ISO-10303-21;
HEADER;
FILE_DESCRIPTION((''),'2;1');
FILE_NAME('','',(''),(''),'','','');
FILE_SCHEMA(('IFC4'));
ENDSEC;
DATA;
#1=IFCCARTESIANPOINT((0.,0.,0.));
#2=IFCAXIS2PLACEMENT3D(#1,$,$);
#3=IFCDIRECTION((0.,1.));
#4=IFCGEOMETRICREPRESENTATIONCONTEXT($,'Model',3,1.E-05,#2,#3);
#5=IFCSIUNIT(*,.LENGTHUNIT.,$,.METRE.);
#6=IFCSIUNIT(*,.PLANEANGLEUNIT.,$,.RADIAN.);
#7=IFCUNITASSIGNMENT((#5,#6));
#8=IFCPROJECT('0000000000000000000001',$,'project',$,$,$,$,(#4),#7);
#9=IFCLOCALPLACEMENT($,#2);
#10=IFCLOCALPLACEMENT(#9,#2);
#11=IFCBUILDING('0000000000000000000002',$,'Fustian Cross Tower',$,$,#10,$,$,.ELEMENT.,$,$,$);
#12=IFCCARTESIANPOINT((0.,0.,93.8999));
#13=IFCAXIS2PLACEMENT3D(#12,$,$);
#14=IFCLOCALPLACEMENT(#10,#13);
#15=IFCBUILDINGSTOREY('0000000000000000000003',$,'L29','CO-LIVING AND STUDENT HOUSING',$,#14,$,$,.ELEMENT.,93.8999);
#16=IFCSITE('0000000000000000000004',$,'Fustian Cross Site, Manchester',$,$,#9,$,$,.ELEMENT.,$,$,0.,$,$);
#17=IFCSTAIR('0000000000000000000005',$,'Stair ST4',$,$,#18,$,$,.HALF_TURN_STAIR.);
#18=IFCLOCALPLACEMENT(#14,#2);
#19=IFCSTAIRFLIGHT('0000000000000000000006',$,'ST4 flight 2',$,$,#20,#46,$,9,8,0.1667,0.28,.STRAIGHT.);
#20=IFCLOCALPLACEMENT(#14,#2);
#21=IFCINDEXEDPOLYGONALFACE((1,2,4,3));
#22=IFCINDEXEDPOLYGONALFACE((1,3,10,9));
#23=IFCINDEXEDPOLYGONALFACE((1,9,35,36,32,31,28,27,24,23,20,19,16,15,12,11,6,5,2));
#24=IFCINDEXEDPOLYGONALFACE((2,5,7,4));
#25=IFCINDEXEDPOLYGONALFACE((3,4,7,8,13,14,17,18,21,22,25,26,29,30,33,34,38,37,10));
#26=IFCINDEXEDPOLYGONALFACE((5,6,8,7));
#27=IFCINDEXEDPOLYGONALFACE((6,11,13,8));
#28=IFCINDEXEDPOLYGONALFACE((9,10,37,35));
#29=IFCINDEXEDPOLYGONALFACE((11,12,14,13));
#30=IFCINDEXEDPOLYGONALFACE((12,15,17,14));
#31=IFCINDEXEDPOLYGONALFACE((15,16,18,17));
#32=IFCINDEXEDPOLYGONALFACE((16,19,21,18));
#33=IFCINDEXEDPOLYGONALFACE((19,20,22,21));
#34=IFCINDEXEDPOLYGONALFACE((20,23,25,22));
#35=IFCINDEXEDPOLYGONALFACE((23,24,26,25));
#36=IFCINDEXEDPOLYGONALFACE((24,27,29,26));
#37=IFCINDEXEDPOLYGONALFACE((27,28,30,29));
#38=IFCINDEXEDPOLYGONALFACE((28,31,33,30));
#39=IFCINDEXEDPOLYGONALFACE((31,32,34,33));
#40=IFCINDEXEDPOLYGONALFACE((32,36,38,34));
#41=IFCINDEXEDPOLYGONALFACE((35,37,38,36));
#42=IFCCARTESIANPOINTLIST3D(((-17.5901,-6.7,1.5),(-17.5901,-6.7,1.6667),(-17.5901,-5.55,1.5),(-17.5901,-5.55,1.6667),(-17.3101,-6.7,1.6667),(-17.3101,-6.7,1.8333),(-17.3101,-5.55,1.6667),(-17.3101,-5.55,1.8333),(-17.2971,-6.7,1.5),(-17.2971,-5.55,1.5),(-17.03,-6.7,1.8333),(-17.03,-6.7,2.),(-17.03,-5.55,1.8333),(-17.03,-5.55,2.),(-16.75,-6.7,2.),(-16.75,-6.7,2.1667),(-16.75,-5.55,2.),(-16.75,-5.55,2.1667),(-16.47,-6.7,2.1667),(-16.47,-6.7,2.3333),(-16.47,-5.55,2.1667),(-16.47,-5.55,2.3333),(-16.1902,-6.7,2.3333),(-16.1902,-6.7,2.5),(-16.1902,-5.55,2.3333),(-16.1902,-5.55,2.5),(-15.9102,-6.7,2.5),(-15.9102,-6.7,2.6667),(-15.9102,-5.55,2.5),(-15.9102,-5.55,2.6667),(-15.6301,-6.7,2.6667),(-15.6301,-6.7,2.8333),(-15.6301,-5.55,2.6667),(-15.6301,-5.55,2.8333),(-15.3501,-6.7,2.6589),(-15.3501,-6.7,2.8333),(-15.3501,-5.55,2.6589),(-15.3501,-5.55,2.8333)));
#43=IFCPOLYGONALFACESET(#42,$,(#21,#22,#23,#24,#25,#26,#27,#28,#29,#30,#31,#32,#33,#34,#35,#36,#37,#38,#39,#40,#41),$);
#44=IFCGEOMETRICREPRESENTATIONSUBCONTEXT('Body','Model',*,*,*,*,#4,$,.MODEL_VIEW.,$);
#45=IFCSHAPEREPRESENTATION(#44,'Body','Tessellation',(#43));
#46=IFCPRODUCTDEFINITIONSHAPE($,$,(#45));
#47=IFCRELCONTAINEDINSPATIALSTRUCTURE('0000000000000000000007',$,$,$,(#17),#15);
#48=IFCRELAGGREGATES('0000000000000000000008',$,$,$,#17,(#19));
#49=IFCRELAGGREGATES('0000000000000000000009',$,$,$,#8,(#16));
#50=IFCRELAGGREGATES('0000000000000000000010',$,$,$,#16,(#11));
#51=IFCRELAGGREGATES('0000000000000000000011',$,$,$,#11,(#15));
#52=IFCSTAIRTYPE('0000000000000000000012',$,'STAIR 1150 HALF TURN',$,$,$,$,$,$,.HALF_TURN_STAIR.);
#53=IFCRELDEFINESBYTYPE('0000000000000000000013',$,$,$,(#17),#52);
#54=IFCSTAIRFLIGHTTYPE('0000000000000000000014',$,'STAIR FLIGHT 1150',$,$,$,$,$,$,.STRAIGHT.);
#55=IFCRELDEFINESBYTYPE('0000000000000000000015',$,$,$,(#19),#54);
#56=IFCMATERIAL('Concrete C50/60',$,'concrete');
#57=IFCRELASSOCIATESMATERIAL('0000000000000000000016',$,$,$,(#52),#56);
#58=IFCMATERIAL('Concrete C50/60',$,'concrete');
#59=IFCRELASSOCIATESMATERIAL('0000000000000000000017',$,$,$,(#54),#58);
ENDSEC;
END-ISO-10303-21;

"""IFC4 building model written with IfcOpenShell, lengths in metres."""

from ifc_helpers import new_model, si_unit, direction, frame, origin, place, context, subcontext, project, spatial, polyline, outline, extrude, material, type_object, element, aggregate, save


model = new_model("IFC4")

# Units and contexts
model_context = context("Model", 3, precision=1e-05, world=origin(), true_north=direction((0.0, 1.0)))
body_context = subcontext(model_context, "Body", "Model", "MODEL_VIEW")
ifc_project = project(units=[si_unit("LENGTHUNIT", "METRE"), si_unit("PLANEANGLEUNIT", "RADIAN")], contexts=[model_context])

# Site, building, storey
site_placement = place(None, origin())
site = spatial("IfcSite", under=ifc_project, at=site_placement, Name="Fustian Cross Site, Manchester", CompositionType="ELEMENT", RefElevation=0.0)
building_placement = place(site_placement, origin())
building = spatial("IfcBuilding", under=site, at=building_placement, Name="Fustian Cross Tower", CompositionType="ELEMENT")
storey_placement = place(building_placement, frame((0.0, 0.0, 93.8999)))
storey = spatial("IfcBuildingStorey", under=building, at=storey_placement, Name="L29", Description="CO-LIVING AND STUDENT HOUSING", CompositionType="ELEMENT", Elevation=93.8999)

# Stair, stair flight
ifc_material_1 = material(Name="Concrete C50/60", Category="concrete")
stair_type = type_object("IfcStairType", Name="STAIR 1150 HALF TURN", PredefinedType="HALF_TURN_STAIR", material=ifc_material_1)
stair_placement = place(storey_placement, origin())
stair = element("IfcStair", 1, at=stair_placement, inside=storey, type_object=stair_type, Name="Stair ST4", PredefinedType="HALF_TURN_STAIR")
ifc_material_2 = material(Name="Concrete C50/60", Category="concrete")
stair_flight_type = type_object("IfcStairFlightType", Name="STAIR FLIGHT 1150", PredefinedType="STRAIGHT", material=ifc_material_2)
stair_flight_1_placement = place(storey_placement, frame((-17.5901, -6.125, 1.5), z_axis=(0.0, 0.0, 1.0), x_axis=(1.0, 0.0, 0.0)))
stair_flight_1 = element("IfcStairFlight", 2, at=stair_flight_1_placement, type_object=stair_flight_type, Name="ST4 flight 2", NumberOfRisers=9, NumberOfTreads=8, PredefinedType="STRAIGHT", RiserHeight=0.1667, TreadLength=0.28, context=body_context, shape_type="SweptSolid", body=[
    extrude(outline(polyline([(0.0, 0.0), (0.0, 0.1667), (0.28, 0.1667), (0.28, 0.3333), (0.5601, 0.3333), (0.5601, 0.5), (0.8401, 0.5), (0.8401, 0.6667), (1.1201, 0.6667), (1.1201, 0.8333), (1.3999, 0.8333), (1.3999, 1.0), (1.6799, 1.0), (1.6799, 1.1667), (1.96, 1.1667), (1.96, 1.3333), (2.24, 1.3333), (2.24, 1.5), (2.24, 1.1589), (0.293, 0.0), (0.0, 0.0)])), frame((0.0, 0.575, 0.0), z_axis=(0.0, -1.0, 0.0), x_axis=(1.0, 0.0, 0.0)), (0.0, 0.0, 1.0), 1.1499),
])
aggregate(stair, [stair_flight_1])

save(model, "model.ifc")
